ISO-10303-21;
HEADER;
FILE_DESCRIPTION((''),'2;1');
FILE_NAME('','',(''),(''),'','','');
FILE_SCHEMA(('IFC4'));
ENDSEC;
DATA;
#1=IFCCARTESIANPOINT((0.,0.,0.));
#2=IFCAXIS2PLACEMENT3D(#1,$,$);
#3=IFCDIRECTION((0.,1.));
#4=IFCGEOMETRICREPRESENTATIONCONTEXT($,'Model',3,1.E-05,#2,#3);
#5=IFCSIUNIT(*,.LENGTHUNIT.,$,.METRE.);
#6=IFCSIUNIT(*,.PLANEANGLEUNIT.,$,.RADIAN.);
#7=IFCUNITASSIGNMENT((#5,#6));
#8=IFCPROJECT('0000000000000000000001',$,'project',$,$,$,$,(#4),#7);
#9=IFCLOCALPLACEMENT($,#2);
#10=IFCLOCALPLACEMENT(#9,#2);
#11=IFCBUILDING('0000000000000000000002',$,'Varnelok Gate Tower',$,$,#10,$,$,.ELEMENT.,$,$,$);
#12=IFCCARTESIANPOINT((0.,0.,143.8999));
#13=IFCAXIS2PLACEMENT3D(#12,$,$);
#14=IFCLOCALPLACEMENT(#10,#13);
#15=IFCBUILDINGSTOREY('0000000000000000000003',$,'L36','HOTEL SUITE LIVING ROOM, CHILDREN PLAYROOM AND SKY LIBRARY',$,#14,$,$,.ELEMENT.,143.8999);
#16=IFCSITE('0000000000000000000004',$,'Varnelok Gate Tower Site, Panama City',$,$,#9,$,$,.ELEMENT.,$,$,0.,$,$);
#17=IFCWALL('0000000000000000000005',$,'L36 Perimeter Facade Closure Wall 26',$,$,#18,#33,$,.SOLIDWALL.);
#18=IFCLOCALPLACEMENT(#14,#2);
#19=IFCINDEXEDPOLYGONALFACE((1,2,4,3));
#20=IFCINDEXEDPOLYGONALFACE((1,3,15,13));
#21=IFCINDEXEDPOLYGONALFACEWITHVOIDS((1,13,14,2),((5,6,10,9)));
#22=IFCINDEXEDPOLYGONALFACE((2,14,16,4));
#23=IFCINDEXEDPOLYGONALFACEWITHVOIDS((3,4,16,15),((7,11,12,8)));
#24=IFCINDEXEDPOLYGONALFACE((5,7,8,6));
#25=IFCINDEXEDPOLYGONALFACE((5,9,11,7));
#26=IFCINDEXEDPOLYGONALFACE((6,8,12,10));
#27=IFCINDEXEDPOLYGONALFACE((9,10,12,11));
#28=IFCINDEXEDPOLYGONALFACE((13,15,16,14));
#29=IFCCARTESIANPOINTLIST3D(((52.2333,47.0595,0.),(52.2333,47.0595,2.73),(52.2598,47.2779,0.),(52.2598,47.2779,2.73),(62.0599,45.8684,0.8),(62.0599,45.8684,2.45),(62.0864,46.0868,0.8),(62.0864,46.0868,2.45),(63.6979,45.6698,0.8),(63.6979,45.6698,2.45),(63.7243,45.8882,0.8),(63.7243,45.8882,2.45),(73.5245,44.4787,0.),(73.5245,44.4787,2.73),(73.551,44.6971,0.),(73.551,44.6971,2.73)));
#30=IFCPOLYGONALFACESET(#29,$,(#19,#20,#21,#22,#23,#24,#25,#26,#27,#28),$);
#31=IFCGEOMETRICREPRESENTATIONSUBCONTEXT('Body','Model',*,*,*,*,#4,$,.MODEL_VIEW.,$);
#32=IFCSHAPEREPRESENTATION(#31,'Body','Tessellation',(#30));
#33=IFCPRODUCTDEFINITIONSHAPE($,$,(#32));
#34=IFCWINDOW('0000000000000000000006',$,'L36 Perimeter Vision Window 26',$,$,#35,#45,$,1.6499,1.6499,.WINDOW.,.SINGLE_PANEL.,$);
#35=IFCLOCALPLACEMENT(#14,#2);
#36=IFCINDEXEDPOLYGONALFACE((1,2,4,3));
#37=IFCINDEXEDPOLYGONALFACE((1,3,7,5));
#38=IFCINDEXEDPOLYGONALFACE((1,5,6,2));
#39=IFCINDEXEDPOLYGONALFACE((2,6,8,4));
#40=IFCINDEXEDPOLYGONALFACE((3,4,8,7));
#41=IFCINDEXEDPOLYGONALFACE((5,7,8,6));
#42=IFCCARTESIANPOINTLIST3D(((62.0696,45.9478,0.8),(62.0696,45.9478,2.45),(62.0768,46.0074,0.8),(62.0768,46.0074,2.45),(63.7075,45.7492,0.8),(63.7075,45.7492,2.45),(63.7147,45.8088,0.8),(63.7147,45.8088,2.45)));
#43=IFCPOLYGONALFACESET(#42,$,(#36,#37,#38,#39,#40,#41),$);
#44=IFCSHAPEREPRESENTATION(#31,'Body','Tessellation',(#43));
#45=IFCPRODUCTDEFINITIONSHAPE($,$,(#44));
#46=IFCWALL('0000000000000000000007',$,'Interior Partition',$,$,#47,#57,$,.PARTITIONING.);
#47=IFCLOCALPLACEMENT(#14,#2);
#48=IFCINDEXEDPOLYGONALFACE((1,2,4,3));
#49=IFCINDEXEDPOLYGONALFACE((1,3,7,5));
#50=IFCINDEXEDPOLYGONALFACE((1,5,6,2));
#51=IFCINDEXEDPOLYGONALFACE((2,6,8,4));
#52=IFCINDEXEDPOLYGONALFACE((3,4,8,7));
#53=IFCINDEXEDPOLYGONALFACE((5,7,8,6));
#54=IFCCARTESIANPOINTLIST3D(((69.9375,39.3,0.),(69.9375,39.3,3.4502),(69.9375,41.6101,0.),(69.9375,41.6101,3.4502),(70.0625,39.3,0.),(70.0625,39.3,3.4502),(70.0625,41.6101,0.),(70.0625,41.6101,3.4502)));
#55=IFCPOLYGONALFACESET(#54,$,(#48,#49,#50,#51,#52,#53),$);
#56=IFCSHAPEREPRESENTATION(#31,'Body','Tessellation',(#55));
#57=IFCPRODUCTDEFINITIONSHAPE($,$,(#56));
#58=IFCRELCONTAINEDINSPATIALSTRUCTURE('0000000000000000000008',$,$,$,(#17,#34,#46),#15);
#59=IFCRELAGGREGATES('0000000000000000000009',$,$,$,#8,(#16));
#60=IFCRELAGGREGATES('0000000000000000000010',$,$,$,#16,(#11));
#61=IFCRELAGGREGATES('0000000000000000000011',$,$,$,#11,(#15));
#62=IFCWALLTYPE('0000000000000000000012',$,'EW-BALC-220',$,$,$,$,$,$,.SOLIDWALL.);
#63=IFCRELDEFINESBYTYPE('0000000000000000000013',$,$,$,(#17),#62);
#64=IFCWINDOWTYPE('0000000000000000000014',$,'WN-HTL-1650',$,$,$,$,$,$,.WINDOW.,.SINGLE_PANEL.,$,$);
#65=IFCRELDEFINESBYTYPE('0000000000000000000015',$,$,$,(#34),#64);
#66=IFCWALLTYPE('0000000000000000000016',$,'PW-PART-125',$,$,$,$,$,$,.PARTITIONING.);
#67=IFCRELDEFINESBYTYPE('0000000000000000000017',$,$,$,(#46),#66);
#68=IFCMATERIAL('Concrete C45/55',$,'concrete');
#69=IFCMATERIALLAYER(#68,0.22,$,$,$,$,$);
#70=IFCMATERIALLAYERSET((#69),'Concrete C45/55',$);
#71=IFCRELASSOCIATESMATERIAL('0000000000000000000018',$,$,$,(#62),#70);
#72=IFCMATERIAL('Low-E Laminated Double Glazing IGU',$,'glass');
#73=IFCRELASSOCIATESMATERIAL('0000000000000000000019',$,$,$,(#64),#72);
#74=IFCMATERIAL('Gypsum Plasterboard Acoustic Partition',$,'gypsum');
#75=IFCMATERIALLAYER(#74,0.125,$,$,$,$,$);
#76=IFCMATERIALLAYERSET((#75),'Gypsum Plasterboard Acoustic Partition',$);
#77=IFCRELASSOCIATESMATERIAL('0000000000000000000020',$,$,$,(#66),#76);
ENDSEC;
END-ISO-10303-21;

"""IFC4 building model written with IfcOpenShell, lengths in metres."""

from ifc_helpers import new_model, si_unit, direction, frame, frame_2d, origin, place, context, subcontext, project, spatial, rectangle, extrude, material, layer, layer_set, type_object, element, fill, save


model = new_model("IFC4")

# Units and contexts
model_context = context("Model", 3, precision=1e-05, world=origin(), true_north=direction((0.0, 1.0)))
body_context = subcontext(model_context, "Body", "Model", "MODEL_VIEW")
ifc_project = project(units=[si_unit("LENGTHUNIT", "METRE"), si_unit("PLANEANGLEUNIT", "RADIAN")], contexts=[model_context])

# Site, building, storey
site_placement = place(None, origin())
site = spatial("IfcSite", under=ifc_project, at=site_placement, Name="Varnelok Gate Tower Site, Panama City", CompositionType="ELEMENT", RefElevation=0.0)
building_placement = place(site_placement, origin())
building = spatial("IfcBuilding", under=site, at=building_placement, Name="Varnelok Gate Tower", CompositionType="ELEMENT")
storey_placement = place(building_placement, frame((0.0, 0.0, 143.8999)))
storey = spatial("IfcBuildingStorey", under=building, at=storey_placement, Name="L36", Description="HOTEL SUITE LIVING ROOM, CHILDREN PLAYROOM AND SKY LIBRARY", CompositionType="ELEMENT", Elevation=143.8999)

# Shared definitions
ifc_material_1 = material(Name="Low-E Laminated Double Glazing IGU", Category="glass")

# Shared definitions
ifc_material_2 = material(Name="Concrete C45/55", Category="concrete")
ifc_layer_1 = layer(ifc_material_2, 0.22)
ifc_layer_set_1 = layer_set([ifc_layer_1], Name="Concrete C45/55")
wall_type_1 = type_object("IfcWallType", Name="EW-BALC-220", PredefinedType="SOLIDWALL", material=ifc_layer_set_1)

# Wall, opening, window
wall_1_placement = place(storey_placement, frame((73.5378, 44.5879, 0.0), z_axis=(0.0, 0.0, 1.0), x_axis=(-0.992733, 0.120334, 0.0)))
wall_1 = element("IfcWall", 1, at=wall_1_placement, inside=storey, type_object=wall_type_1, Name="L36 Perimeter Facade Closure Wall 26", PredefinedType="SOLIDWALL", context=body_context, shape_type="SweptSolid", body=[
    extrude(rectangle(XDim=21.447, YDim=0.22, at=frame_2d((10.7236, 0.0))), origin(), (0.0, 0.0, 1.0), 2.73),
])
opening_placement = place(wall_1_placement, frame((9.8987, 0.0, 0.8)))
opening = element("IfcOpeningElement", 2, at=opening_placement, cuts=wall_1, PredefinedType="OPENING", context=body_context, shape_type="SweptSolid", body=[
    extrude(rectangle(XDim=1.6499, YDim=1.6499, at=frame_2d((0.825, 0.825))), frame((0.0, 0.1199, 0.0), z_axis=(0.0, -1.0, 0.0), x_axis=(1.0, 0.0, 0.0)), (0.0, 0.0, 1.0), 0.24),
])
window_type = type_object("IfcWindowType", Name="WN-HTL-1650", PartitioningType="SINGLE_PANEL", PredefinedType="WINDOW", material=ifc_material_1)
window_placement = place(opening_placement, origin())
window = element("IfcWindow", 3, at=window_placement, inside=storey, type_object=window_type, Name="L36 Perimeter Vision Window 26", OverallHeight=1.6499, OverallWidth=1.6499, PartitioningType="SINGLE_PANEL", PredefinedType="WINDOW", context=body_context, shape_type="SweptSolid", body=[
    extrude(rectangle(XDim=1.6499, YDim=1.6499, at=frame_2d((0.825, 0.825))), frame((0.0, 0.03, 0.0), z_axis=(0.0, -1.0, 0.0), x_axis=(1.0, 0.0, 0.0)), (0.0, 0.0, 1.0), 0.0601),
])
fill(opening, window)

# Wall
ifc_material_3 = material(Name="Gypsum Plasterboard Acoustic Partition", Category="gypsum")
ifc_layer_2 = layer(ifc_material_3, 0.125)
ifc_layer_set_2 = layer_set([ifc_layer_2], Name="Gypsum Plasterboard Acoustic Partition")
wall_type_2 = type_object("IfcWallType", Name="PW-PART-125", PredefinedType="PARTITIONING", material=ifc_layer_set_2)
wall_2_placement = place(storey_placement, frame((70.0, 39.3, 0.0), z_axis=(0.0, 0.0, 1.0), x_axis=(0.0, 1.0, 0.0)))
element("IfcWall", 4, at=wall_2_placement, inside=storey, type_object=wall_type_2, Name="Interior Partition", PredefinedType="PARTITIONING", context=body_context, shape_type="SweptSolid", body=[
    extrude(rectangle(XDim=2.3101, YDim=0.125, at=frame_2d((1.155, 0.0))), origin(), (0.0, 0.0, 1.0), 3.4502),
])

save(model, "model.ifc")
